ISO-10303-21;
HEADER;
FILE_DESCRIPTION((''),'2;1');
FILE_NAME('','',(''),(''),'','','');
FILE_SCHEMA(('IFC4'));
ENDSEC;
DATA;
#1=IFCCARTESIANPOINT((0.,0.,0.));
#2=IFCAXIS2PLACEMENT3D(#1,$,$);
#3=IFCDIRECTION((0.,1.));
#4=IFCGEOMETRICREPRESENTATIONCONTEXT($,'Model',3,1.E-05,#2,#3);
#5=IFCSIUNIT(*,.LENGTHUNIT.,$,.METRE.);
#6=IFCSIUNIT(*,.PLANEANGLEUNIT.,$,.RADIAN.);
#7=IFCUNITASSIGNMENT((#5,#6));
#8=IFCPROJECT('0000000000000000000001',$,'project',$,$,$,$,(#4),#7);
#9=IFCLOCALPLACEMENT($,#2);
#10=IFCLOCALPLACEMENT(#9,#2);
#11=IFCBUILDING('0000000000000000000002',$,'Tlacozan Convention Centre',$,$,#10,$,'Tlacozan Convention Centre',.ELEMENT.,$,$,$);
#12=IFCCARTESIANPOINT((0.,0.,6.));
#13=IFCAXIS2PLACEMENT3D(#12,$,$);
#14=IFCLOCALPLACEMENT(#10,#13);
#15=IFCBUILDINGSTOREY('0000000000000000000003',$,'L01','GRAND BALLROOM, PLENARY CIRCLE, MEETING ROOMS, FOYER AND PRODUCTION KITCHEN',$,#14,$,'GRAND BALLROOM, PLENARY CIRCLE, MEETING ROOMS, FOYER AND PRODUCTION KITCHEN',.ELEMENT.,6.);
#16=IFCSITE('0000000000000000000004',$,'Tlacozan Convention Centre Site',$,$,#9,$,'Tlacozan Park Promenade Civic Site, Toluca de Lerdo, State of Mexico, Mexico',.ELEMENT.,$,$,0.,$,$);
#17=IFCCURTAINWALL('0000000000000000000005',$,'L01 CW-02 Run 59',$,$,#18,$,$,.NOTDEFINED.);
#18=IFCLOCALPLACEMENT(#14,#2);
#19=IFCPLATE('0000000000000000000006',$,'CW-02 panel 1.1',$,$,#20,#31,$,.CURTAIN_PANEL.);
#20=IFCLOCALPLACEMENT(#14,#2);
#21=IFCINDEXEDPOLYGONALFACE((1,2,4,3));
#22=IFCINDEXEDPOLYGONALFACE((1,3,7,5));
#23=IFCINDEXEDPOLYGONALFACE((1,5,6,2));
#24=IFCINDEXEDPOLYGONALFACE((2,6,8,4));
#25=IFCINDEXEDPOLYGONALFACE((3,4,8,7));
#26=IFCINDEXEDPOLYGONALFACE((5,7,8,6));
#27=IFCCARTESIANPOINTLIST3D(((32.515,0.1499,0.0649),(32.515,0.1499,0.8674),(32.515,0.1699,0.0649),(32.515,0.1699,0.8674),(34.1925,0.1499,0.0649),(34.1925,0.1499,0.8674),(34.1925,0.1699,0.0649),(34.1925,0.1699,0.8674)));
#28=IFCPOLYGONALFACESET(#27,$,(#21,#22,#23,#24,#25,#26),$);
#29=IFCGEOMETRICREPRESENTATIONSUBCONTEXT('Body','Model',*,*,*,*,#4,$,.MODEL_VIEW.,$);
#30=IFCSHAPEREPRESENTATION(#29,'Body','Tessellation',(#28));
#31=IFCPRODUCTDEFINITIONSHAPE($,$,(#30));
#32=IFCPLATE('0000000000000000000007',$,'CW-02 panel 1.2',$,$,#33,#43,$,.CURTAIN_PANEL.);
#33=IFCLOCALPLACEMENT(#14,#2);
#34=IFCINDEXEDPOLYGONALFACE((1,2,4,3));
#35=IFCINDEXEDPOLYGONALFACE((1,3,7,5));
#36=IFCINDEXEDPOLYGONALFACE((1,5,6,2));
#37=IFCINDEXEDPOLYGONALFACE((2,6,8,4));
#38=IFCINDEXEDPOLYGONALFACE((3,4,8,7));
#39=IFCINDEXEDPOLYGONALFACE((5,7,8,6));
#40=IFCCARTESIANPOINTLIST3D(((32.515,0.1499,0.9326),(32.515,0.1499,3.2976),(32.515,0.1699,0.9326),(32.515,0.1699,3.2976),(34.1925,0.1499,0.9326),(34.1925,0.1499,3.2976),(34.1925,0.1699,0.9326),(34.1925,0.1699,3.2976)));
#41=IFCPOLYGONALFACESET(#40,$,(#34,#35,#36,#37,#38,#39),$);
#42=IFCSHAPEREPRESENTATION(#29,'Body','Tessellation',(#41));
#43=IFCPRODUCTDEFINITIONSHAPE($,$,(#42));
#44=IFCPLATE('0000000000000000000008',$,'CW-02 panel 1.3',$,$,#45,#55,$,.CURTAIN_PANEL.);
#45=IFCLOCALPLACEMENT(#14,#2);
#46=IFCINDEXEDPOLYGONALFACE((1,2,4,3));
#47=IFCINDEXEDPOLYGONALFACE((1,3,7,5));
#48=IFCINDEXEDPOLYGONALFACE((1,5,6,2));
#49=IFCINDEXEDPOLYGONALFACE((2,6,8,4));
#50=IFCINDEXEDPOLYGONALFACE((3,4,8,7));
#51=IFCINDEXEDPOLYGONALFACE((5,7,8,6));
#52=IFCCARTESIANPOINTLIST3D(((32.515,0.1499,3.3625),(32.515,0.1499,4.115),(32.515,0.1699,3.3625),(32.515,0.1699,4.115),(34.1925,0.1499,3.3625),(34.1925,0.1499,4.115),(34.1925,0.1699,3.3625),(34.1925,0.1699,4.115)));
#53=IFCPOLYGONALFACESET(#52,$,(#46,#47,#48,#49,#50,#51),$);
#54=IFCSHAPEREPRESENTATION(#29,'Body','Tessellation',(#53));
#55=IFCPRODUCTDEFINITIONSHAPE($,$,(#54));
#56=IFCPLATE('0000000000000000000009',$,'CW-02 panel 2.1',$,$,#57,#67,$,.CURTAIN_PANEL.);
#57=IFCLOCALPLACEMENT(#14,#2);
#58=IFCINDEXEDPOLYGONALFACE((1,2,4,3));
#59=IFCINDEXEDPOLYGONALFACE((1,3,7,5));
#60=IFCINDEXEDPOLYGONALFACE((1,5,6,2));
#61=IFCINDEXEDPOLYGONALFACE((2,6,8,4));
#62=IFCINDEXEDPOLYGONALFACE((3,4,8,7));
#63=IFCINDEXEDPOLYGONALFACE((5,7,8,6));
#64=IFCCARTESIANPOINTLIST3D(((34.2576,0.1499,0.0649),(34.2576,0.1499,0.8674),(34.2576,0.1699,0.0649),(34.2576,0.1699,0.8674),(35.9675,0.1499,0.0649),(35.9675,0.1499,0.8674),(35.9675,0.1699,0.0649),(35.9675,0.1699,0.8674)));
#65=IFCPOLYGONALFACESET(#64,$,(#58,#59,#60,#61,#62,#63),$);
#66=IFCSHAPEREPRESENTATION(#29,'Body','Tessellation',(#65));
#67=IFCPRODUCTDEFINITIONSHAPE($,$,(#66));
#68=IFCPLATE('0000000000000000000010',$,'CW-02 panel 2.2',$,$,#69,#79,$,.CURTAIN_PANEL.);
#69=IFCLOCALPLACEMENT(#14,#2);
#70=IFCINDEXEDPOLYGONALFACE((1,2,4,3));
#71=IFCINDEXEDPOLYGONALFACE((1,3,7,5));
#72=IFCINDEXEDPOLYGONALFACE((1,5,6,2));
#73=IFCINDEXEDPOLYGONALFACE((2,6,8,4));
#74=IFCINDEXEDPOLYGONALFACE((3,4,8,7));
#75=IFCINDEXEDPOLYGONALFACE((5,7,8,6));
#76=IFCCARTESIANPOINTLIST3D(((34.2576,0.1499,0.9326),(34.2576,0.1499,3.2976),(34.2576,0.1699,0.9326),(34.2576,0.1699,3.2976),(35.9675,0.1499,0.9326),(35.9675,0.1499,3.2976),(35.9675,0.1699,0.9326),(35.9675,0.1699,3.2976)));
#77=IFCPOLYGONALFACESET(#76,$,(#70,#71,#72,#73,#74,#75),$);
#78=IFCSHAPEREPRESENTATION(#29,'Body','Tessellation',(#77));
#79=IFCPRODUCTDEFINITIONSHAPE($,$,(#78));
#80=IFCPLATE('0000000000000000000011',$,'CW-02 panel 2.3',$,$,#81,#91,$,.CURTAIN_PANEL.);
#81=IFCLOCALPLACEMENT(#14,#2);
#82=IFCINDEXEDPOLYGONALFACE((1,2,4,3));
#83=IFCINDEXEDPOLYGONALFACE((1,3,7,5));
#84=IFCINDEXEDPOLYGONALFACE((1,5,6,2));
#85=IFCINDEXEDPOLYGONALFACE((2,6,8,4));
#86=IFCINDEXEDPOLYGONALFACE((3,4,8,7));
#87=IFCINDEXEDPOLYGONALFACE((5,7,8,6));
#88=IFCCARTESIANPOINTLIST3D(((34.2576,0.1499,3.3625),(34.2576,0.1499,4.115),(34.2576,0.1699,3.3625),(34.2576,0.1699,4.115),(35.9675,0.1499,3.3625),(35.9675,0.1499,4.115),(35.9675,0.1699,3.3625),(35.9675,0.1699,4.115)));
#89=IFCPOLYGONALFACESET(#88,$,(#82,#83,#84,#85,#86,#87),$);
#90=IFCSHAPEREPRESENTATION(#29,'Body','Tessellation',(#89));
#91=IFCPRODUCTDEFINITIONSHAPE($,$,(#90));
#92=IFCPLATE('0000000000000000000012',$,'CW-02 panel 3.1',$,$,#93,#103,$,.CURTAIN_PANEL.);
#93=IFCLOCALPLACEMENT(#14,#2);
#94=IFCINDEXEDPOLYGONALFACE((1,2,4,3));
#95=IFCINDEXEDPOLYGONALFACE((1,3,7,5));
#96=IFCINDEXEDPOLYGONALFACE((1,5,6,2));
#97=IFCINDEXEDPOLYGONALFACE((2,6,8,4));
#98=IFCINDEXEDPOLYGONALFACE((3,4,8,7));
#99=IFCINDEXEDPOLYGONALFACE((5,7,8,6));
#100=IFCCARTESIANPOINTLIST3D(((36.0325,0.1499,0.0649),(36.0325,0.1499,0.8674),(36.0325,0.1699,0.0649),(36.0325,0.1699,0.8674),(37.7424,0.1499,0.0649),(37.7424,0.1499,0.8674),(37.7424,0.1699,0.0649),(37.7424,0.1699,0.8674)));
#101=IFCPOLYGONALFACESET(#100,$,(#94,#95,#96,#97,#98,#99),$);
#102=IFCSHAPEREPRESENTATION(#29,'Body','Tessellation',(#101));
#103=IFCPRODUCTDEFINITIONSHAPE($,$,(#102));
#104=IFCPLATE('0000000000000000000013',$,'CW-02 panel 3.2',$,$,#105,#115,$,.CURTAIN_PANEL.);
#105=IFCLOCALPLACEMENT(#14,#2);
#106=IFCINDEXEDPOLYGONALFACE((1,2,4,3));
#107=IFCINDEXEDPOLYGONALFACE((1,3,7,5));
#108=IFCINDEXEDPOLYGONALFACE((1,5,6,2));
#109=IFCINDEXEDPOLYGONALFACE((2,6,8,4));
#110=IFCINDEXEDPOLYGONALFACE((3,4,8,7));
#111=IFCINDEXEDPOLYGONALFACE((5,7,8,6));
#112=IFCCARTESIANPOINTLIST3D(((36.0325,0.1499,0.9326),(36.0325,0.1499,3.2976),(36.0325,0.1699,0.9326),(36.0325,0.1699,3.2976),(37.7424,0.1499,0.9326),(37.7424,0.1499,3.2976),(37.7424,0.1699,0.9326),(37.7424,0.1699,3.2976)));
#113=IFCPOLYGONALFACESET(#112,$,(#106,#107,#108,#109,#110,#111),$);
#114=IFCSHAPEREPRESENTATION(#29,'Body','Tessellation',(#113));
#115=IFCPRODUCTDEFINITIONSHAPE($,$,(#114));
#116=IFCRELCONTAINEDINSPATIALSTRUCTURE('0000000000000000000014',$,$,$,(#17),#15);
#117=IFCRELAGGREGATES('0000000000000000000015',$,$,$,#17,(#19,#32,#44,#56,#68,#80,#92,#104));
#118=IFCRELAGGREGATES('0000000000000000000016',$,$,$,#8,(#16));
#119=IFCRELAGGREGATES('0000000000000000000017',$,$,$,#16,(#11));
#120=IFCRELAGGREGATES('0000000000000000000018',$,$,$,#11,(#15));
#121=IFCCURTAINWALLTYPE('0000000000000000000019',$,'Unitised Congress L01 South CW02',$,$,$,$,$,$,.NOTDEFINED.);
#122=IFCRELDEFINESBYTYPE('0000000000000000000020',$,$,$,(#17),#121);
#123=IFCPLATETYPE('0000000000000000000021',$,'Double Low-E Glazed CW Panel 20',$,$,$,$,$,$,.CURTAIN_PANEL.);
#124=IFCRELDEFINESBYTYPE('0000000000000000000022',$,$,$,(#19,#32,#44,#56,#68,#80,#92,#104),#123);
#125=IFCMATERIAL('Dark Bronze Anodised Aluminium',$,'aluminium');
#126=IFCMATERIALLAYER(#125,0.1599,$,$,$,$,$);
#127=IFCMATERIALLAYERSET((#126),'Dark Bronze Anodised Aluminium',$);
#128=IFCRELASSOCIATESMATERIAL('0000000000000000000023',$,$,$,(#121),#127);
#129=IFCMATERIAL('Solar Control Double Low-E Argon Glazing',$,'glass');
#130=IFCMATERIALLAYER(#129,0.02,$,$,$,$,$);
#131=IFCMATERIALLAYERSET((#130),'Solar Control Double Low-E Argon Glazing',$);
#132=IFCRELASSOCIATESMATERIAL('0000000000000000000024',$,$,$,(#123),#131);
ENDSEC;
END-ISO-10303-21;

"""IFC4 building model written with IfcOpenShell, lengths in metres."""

from ifc_helpers import new_model, si_unit, direction, frame, origin, origin_2d, place, context, subcontext, project, spatial, rectangle, extrude, material, layer, layer_set, type_object, element, aggregate, save


model = new_model("IFC4")

# Units and contexts
model_context = context("Model", 3, precision=1e-05, world=origin(), true_north=direction((0.0, 1.0)))
body_context = subcontext(model_context, "Body", "Model", "MODEL_VIEW")
ifc_project = project(units=[si_unit("LENGTHUNIT", "METRE"), si_unit("PLANEANGLEUNIT", "RADIAN")], contexts=[model_context])

# Site, building, storey
site_placement = place(None, origin())
site = spatial("IfcSite", under=ifc_project, at=site_placement, Name="Tlacozan Convention Centre Site", LongName="Tlacozan Park Promenade Civic Site, Toluca de Lerdo, State of Mexico, Mexico", CompositionType="ELEMENT", RefElevation=0.0)
building_placement = place(site_placement, origin())
building = spatial("IfcBuilding", under=site, at=building_placement, Name="Tlacozan Convention Centre", LongName="Tlacozan Convention Centre", CompositionType="ELEMENT")
storey_placement = place(building_placement, frame((0.0, 0.0, 6.0)))
storey = spatial("IfcBuildingStorey", under=building, at=storey_placement, Name="L01", Description="GRAND BALLROOM, PLENARY CIRCLE, MEETING ROOMS, FOYER AND PRODUCTION KITCHEN", LongName="GRAND BALLROOM, PLENARY CIRCLE, MEETING ROOMS, FOYER AND PRODUCTION KITCHEN", CompositionType="ELEMENT", Elevation=6.0)

# Curtain wall, plates
ifc_material_1 = material(Name="Dark Bronze Anodised Aluminium", Category="aluminium")
ifc_layer_1 = layer(ifc_material_1, 0.1599)
ifc_layer_set_1 = layer_set([ifc_layer_1], Name="Dark Bronze Anodised Aluminium")
curtain_wall_type = type_object("IfcCurtainWallType", Name="Unitised Congress L01 South CW02", PredefinedType="NOTDEFINED", material=ifc_layer_set_1)
curtain_wall_placement = place(storey_placement, origin())
curtain_wall = element("IfcCurtainWall", 1, at=curtain_wall_placement, inside=storey, type_object=curtain_wall_type, Name="L01 CW-02 Run 59", PredefinedType="NOTDEFINED")
ifc_material_2 = material(Name="Solar Control Double Low-E Argon Glazing", Category="glass")
ifc_layer_2 = layer(ifc_material_2, 0.02)
ifc_layer_set_2 = layer_set([ifc_layer_2], Name="Solar Control Double Low-E Argon Glazing")
plate_type = type_object("IfcPlateType", Name="Double Low-E Glazed CW Panel 20", PredefinedType="CURTAIN_PANEL", material=ifc_layer_set_2)
plate_1_placement = place(storey_placement, frame((33.3538, 0.1599, 0.0649), z_axis=(0.0, 0.0, 1.0), x_axis=(1.0, 0.0, 0.0)))
plate_1 = element("IfcPlate", 2, at=plate_1_placement, type_object=plate_type, Name="CW-02 panel 1.1", PredefinedType="CURTAIN_PANEL", context=body_context, shape_type="SweptSolid", body=[
    extrude(rectangle(XDim=1.6775, YDim=0.02, at=origin_2d()), origin(), (0.0, 0.0, 1.0), 0.8025),
])
plate_2_placement = place(storey_placement, frame((33.3538, 0.1599, 0.9326), z_axis=(0.0, 0.0, 1.0), x_axis=(1.0, 0.0, 0.0)))
plate_2 = element("IfcPlate", 3, at=plate_2_placement, type_object=plate_type, Name="CW-02 panel 1.2", PredefinedType="CURTAIN_PANEL", context=body_context, shape_type="SweptSolid", body=[
    extrude(rectangle(XDim=1.6775, YDim=0.02, at=origin_2d()), origin(), (0.0, 0.0, 1.0), 2.365),
])
plate_3_placement = place(storey_placement, frame((33.3538, 0.1599, 3.3625), z_axis=(0.0, 0.0, 1.0), x_axis=(1.0, 0.0, 0.0)))
plate_3 = element("IfcPlate", 4, at=plate_3_placement, type_object=plate_type, Name="CW-02 panel 1.3", PredefinedType="CURTAIN_PANEL", context=body_context, shape_type="SweptSolid", body=[
    extrude(rectangle(XDim=1.6775, YDim=0.02, at=origin_2d()), origin(), (0.0, 0.0, 1.0), 0.7524),
])
plate_4_placement = place(storey_placement, frame((35.1125, 0.1599, 0.0649), z_axis=(0.0, 0.0, 1.0), x_axis=(1.0, 0.0, 0.0)))
plate_4 = element("IfcPlate", 5, at=plate_4_placement, type_object=plate_type, Name="CW-02 panel 2.1", PredefinedType="CURTAIN_PANEL", context=body_context, shape_type="SweptSolid", body=[
    extrude(rectangle(XDim=1.71, YDim=0.02, at=origin_2d()), origin(), (0.0, 0.0, 1.0), 0.8025),
])
plate_5_placement = place(storey_placement, frame((35.1125, 0.1599, 0.9326), z_axis=(0.0, 0.0, 1.0), x_axis=(1.0, 0.0, 0.0)))
plate_5 = element("IfcPlate", 6, at=plate_5_placement, type_object=plate_type, Name="CW-02 panel 2.2", PredefinedType="CURTAIN_PANEL", context=body_context, shape_type="SweptSolid", body=[
    extrude(rectangle(XDim=1.71, YDim=0.02, at=origin_2d()), origin(), (0.0, 0.0, 1.0), 2.365),
])
plate_6_placement = place(storey_placement, frame((35.1125, 0.1599, 3.3625), z_axis=(0.0, 0.0, 1.0), x_axis=(1.0, 0.0, 0.0)))
plate_6 = element("IfcPlate", 7, at=plate_6_placement, type_object=plate_type, Name="CW-02 panel 2.3", PredefinedType="CURTAIN_PANEL", context=body_context, shape_type="SweptSolid", body=[
    extrude(rectangle(XDim=1.71, YDim=0.02, at=origin_2d()), origin(), (0.0, 0.0, 1.0), 0.7524),
])
plate_7_placement = place(storey_placement, frame((36.8875, 0.1599, 0.0649), z_axis=(0.0, 0.0, 1.0), x_axis=(1.0, 0.0, 0.0)))
plate_7 = element("IfcPlate", 8, at=plate_7_placement, type_object=plate_type, Name="CW-02 panel 3.1", PredefinedType="CURTAIN_PANEL", context=body_context, shape_type="SweptSolid", body=[
    extrude(rectangle(XDim=1.71, YDim=0.02, at=origin_2d()), origin(), (0.0, 0.0, 1.0), 0.8025),
])
plate_8_placement = place(storey_placement, frame((36.8875, 0.1599, 0.9326), z_axis=(0.0, 0.0, 1.0), x_axis=(1.0, 0.0, 0.0)))
plate_8 = element("IfcPlate", 9, at=plate_8_placement, type_object=plate_type, Name="CW-02 panel 3.2", PredefinedType="CURTAIN_PANEL", context=body_context, shape_type="SweptSolid", body=[
    extrude(rectangle(XDim=1.71, YDim=0.02, at=origin_2d()), origin(), (0.0, 0.0, 1.0), 2.365),
])
aggregate(curtain_wall, [plate_1, plate_2, plate_3, plate_4, plate_5, plate_6, plate_7, plate_8])

save(model, "model.ifc")
